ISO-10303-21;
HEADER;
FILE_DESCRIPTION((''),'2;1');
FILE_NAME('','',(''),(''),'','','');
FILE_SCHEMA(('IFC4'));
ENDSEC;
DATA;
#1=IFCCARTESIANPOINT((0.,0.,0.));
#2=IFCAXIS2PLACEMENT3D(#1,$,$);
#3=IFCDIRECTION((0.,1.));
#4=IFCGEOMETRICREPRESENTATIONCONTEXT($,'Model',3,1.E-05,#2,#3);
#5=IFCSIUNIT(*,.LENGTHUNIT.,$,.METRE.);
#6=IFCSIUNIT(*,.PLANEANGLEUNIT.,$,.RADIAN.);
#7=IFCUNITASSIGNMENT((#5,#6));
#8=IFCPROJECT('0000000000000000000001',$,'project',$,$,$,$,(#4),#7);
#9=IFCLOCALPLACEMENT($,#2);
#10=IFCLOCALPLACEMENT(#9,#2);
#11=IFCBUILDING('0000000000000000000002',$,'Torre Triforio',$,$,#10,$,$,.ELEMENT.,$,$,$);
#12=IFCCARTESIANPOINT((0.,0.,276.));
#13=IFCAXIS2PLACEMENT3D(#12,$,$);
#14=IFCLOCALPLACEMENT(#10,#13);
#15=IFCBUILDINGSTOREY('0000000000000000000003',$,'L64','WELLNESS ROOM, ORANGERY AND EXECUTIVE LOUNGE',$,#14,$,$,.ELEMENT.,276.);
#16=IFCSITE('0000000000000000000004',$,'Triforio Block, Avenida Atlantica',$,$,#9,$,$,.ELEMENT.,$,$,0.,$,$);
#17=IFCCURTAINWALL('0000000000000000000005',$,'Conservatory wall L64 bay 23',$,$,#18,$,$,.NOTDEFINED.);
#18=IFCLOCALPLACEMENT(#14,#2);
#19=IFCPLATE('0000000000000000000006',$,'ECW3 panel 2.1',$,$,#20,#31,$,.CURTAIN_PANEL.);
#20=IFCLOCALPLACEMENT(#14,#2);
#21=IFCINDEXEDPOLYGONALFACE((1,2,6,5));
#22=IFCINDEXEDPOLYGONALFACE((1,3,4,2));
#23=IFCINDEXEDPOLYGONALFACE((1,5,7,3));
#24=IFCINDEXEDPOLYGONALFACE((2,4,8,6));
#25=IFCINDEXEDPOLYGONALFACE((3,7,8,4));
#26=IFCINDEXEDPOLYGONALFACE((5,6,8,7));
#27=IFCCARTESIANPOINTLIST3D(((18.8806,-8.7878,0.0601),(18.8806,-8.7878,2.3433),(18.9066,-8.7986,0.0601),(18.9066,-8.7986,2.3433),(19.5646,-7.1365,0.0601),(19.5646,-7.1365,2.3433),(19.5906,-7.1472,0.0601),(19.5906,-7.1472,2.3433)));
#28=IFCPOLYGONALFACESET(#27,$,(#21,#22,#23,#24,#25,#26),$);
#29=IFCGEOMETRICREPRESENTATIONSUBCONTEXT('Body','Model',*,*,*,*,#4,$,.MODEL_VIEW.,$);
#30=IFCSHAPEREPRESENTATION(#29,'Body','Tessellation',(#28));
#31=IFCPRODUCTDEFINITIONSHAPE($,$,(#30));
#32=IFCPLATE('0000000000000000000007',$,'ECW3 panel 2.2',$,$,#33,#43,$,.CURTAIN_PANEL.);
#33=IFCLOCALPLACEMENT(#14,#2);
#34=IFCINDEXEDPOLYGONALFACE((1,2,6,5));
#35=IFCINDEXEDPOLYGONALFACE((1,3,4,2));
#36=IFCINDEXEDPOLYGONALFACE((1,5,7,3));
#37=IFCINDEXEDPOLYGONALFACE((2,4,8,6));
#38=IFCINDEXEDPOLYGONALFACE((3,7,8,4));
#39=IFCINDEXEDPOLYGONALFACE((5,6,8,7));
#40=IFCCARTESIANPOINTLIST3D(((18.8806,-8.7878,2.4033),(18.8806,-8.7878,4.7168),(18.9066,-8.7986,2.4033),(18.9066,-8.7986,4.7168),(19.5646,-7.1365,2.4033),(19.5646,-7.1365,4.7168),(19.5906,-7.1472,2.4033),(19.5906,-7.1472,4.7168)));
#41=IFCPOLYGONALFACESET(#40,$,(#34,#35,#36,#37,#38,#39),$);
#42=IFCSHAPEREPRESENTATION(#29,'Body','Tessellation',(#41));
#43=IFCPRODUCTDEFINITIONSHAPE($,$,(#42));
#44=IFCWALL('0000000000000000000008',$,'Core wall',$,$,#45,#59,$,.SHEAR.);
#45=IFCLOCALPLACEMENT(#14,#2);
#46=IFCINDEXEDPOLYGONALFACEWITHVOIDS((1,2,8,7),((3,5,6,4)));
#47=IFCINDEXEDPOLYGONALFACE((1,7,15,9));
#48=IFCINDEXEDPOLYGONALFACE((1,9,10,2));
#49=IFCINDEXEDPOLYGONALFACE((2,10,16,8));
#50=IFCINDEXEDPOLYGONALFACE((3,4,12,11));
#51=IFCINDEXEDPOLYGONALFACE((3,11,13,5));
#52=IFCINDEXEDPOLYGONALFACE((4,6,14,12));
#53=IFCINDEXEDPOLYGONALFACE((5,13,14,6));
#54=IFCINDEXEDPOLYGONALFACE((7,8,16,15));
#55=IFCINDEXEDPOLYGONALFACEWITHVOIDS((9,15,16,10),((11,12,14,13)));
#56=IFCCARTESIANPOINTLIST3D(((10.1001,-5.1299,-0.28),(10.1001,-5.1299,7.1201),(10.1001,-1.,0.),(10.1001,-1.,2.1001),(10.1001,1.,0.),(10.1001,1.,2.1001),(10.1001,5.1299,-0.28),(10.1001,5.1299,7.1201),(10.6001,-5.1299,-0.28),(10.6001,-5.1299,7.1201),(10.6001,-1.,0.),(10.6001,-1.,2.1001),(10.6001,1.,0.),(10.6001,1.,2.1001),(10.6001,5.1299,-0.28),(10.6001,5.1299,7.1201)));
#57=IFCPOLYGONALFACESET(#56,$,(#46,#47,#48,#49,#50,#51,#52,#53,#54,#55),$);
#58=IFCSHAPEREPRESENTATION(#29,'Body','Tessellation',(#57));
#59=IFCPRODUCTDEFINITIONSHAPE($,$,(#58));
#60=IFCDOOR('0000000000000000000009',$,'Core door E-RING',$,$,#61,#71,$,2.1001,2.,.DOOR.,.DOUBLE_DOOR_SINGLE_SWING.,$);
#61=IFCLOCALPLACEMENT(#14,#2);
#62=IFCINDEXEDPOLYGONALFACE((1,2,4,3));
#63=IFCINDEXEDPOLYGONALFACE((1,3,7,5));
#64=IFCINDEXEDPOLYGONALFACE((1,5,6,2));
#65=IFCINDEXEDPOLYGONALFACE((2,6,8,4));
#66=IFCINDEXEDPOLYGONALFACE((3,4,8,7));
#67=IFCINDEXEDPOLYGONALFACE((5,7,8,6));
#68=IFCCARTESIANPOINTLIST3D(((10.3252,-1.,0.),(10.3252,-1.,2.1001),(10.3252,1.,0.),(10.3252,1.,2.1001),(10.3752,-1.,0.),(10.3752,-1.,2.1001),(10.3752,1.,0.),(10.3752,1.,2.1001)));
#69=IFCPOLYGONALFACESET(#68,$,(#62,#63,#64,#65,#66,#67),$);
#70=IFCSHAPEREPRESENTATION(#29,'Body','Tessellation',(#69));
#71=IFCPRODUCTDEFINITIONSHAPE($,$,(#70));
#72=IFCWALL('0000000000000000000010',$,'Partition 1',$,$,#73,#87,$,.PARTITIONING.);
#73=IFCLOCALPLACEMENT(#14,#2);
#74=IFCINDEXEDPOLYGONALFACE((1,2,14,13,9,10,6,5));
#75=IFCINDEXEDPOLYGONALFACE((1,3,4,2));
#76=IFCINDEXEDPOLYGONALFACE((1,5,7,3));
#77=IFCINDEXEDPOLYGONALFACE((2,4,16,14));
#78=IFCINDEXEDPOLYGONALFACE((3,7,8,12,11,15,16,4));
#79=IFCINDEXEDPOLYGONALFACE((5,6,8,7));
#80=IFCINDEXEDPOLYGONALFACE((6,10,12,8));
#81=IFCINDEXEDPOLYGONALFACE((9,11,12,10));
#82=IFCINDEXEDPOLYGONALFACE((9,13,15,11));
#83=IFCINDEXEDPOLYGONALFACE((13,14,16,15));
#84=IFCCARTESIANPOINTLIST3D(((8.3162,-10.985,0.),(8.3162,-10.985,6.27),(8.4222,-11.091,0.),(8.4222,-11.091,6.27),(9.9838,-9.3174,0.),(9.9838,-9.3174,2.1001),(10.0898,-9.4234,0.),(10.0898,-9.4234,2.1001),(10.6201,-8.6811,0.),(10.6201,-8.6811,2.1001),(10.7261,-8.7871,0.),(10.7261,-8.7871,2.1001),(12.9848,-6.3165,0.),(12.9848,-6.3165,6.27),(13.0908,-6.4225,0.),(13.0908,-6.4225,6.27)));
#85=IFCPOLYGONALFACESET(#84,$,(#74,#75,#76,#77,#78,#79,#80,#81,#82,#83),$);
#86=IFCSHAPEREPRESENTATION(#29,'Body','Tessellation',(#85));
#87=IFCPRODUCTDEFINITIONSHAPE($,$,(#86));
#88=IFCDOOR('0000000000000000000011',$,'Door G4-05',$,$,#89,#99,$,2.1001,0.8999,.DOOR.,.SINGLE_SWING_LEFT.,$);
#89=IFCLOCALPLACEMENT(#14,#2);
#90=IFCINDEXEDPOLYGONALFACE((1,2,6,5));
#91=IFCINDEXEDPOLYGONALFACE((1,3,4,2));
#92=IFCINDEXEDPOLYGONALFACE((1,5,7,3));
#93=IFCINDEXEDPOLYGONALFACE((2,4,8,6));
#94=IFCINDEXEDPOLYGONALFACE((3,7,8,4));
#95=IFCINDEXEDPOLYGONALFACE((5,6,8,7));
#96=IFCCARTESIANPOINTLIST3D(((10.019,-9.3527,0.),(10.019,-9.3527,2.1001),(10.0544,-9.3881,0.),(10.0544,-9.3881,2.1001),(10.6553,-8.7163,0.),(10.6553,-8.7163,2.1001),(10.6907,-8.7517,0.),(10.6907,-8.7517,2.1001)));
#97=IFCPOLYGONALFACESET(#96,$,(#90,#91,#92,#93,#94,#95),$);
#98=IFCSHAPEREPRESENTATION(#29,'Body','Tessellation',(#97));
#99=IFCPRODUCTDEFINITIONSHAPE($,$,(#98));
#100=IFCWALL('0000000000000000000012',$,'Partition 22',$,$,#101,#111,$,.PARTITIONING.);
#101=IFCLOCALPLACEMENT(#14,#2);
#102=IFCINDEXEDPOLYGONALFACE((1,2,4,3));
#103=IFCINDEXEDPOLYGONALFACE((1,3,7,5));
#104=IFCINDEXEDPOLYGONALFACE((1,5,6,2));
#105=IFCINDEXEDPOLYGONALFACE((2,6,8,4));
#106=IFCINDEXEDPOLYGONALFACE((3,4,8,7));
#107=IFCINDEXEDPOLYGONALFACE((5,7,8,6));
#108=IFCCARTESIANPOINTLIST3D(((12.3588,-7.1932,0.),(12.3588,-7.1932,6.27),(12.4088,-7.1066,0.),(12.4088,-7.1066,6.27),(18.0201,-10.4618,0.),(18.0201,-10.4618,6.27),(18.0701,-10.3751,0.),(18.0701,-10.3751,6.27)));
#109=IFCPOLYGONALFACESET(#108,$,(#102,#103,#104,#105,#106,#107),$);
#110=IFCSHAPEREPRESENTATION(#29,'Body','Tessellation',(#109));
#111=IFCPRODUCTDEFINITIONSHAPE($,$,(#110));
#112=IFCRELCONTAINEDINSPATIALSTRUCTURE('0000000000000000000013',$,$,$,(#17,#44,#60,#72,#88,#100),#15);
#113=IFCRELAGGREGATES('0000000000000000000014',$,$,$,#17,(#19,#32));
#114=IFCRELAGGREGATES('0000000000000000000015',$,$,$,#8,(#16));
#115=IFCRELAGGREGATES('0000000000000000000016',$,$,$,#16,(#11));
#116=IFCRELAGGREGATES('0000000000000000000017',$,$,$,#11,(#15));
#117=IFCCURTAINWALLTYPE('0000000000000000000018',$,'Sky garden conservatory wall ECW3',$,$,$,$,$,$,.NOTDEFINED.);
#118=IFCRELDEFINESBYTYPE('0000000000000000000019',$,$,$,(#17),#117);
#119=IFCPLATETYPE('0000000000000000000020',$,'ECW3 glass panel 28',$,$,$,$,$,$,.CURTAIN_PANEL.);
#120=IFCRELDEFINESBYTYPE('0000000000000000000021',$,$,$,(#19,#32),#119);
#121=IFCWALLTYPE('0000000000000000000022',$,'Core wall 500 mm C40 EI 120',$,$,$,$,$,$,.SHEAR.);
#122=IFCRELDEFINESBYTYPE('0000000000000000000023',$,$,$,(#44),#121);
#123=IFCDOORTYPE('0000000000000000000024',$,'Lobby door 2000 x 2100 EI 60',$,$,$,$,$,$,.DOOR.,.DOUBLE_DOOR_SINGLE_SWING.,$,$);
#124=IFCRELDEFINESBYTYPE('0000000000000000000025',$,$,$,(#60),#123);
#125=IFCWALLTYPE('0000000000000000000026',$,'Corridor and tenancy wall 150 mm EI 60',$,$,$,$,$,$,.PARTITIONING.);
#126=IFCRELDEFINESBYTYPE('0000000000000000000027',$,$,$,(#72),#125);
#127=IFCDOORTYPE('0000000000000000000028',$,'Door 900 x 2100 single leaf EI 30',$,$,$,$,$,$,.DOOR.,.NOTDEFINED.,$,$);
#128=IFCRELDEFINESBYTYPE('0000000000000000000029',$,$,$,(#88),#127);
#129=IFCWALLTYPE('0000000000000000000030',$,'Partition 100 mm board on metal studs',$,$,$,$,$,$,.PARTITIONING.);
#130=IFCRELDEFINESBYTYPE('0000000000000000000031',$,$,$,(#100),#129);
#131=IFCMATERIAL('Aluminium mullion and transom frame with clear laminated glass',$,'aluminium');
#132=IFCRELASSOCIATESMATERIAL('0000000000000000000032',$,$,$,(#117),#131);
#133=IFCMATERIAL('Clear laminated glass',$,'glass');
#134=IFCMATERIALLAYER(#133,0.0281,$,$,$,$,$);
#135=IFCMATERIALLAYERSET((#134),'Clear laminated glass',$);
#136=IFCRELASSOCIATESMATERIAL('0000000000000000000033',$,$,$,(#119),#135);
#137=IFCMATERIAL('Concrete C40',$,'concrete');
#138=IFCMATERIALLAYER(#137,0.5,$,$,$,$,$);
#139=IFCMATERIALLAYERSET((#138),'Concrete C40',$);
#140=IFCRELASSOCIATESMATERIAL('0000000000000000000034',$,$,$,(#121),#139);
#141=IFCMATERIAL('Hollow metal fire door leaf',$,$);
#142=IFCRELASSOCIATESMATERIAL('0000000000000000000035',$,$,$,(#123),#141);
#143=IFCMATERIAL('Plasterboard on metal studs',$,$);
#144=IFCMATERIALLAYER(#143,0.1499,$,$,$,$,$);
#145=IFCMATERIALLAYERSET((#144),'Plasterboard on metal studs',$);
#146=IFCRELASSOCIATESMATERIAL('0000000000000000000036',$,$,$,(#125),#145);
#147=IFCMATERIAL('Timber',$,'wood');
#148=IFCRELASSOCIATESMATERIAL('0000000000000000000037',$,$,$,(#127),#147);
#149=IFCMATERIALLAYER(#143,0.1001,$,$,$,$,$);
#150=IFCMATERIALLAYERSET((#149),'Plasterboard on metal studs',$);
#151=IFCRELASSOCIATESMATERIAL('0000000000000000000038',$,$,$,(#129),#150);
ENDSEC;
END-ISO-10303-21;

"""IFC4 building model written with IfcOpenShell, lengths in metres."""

from ifc_helpers import new_model, si_unit, direction, frame, frame_2d, origin, origin_2d, place, context, subcontext, project, spatial, rectangle, extrude, material, layer, layer_set, type_object, element, fill, aggregate, save


model = new_model("IFC4")

# Units and contexts
model_context = context("Model", 3, precision=1e-05, world=origin(), true_north=direction((0.0, 1.0)))
body_context = subcontext(model_context, "Body", "Model", "MODEL_VIEW")
ifc_project = project(units=[si_unit("LENGTHUNIT", "METRE"), si_unit("PLANEANGLEUNIT", "RADIAN")], contexts=[model_context])

# Site, building, storey
site_placement = place(None, origin())
site = spatial("IfcSite", under=ifc_project, at=site_placement, Name="Triforio Block, Avenida Atlantica", CompositionType="ELEMENT", RefElevation=0.0)
building_placement = place(site_placement, origin())
building = spatial("IfcBuilding", under=site, at=building_placement, Name="Torre Triforio", CompositionType="ELEMENT")
storey_placement = place(building_placement, frame((0.0, 0.0, 276.0)))
storey = spatial("IfcBuildingStorey", under=building, at=storey_placement, Name="L64", Description="WELLNESS ROOM, ORANGERY AND EXECUTIVE LOUNGE", CompositionType="ELEMENT", Elevation=276.0)

# Curtain wall
ifc_material_1 = material(Name="Aluminium mullion and transom frame with clear laminated glass", Category="aluminium")
curtain_wall_type = type_object("IfcCurtainWallType", Name="Sky garden conservatory wall ECW3", PredefinedType="NOTDEFINED", material=ifc_material_1)
curtain_wall_placement = place(storey_placement, origin())
curtain_wall = element("IfcCurtainWall", 1, at=curtain_wall_placement, inside=storey, type_object=curtain_wall_type, Name="Conservatory wall L64 bay 23", PredefinedType="NOTDEFINED")

# Shared definitions
ifc_material_2 = material(Name="Concrete C40", Category="concrete")

# Plates
ifc_material_3 = material(Name="Clear laminated glass", Category="glass")
ifc_layer_1 = layer(ifc_material_3, 0.0281)
ifc_layer_set_1 = layer_set([ifc_layer_1], Name="Clear laminated glass")
plate_type = type_object("IfcPlateType", Name="ECW3 glass panel 28", PredefinedType="CURTAIN_PANEL", material=ifc_layer_set_1)
plate_1_placement = place(storey_placement, frame((19.2356, -7.9675, 0.0601), z_axis=(0.0, 0.0, 1.0), x_axis=(0.382675, 0.923883, 0.0)))
plate_1 = element("IfcPlate", 2, at=plate_1_placement, type_object=plate_type, Name="ECW3 panel 2.1", PredefinedType="CURTAIN_PANEL", context=body_context, shape_type="SweptSolid", body=[
    extrude(rectangle(XDim=1.7874, YDim=0.0281, at=origin_2d()), origin(), (0.0, 0.0, 1.0), 2.2832),
])
plate_2_placement = place(storey_placement, frame((19.2356, -7.9675, 2.4033), z_axis=(0.0, 0.0, 1.0), x_axis=(0.382675, 0.923883, 0.0)))
plate_2 = element("IfcPlate", 3, at=plate_2_placement, type_object=plate_type, Name="ECW3 panel 2.2", PredefinedType="CURTAIN_PANEL", context=body_context, shape_type="SweptSolid", body=[
    extrude(rectangle(XDim=1.7874, YDim=0.0281, at=origin_2d()), origin(), (0.0, 0.0, 1.0), 2.3135),
])
aggregate(curtain_wall, [plate_1, plate_2])

# Walls, openings, doors
ifc_layer_2 = layer(ifc_material_2, 0.5)
ifc_layer_set_2 = layer_set([ifc_layer_2], Name="Concrete C40")
wall_type_1 = type_object("IfcWallType", Name="Core wall 500 mm C40 EI 120", PredefinedType="SHEAR", material=ifc_layer_set_2)
wall_1_placement = place(storey_placement, frame((10.3501, -5.1299, -0.28), z_axis=(0.0, 0.0, 1.0), x_axis=(0.0, 1.0, 0.0)))
wall_1 = element("IfcWall", 4, at=wall_1_placement, inside=storey, type_object=wall_type_1, Name="Core wall", PredefinedType="SHEAR", context=body_context, shape_type="SweptSolid", body=[
    extrude(rectangle(XDim=10.2598, YDim=0.5, at=frame_2d((5.1299, 0.0))), origin(), (0.0, 0.0, 1.0), 7.4001),
])
opening_1_placement = place(wall_1_placement, frame((4.1299, 0.0, 0.28)))
opening_1 = element("IfcOpeningElement", 5, at=opening_1_placement, cuts=wall_1, PredefinedType="OPENING", context=body_context, shape_type="SweptSolid", body=[
    extrude(rectangle(XDim=2.0, YDim=2.1001, at=frame_2d((1.0, 1.05))), frame((0.0, 0.26, 0.0), z_axis=(0.0, -1.0, 0.0), x_axis=(1.0, 0.0, 0.0)), (0.0, 0.0, 1.0), 0.52),
])
ifc_material_4 = material(Name="Hollow metal fire door leaf")
door_type_1 = type_object("IfcDoorType", Name="Lobby door 2000 x 2100 EI 60", OperationType="DOUBLE_DOOR_SINGLE_SWING", PredefinedType="DOOR", material=ifc_material_4)
door_1_placement = place(opening_1_placement, origin())
door_1 = element("IfcDoor", 6, at=door_1_placement, inside=storey, type_object=door_type_1, Name="Core door E-RING", OperationType="DOUBLE_DOOR_SINGLE_SWING", OverallHeight=2.1001, OverallWidth=2.0, PredefinedType="DOOR", context=body_context, shape_type="SweptSolid", body=[
    extrude(rectangle(XDim=2.0, YDim=2.1001, at=frame_2d((1.0, 1.05))), frame((0.0, 0.0249, 0.0), z_axis=(0.0, -1.0, 0.0), x_axis=(1.0, 0.0, 0.0)), (0.0, 0.0, 1.0), 0.05),
])
fill(opening_1, door_1)
ifc_material_5 = material(Name="Plasterboard on metal studs")
ifc_layer_3 = layer(ifc_material_5, 0.1499)
ifc_layer_set_3 = layer_set([ifc_layer_3], Name="Plasterboard on metal studs")
wall_type_2 = type_object("IfcWallType", Name="Corridor and tenancy wall 150 mm EI 60", PredefinedType="PARTITIONING", material=ifc_layer_set_3)
wall_2_placement = place(storey_placement, frame((13.0378, -6.3694, 0.0), z_axis=(0.0, 0.0, 1.0), x_axis=(-0.707107, -0.707107, 0.0)))
wall_2 = element("IfcWall", 7, at=wall_2_placement, inside=storey, type_object=wall_type_2, Name="Partition 1", PredefinedType="PARTITIONING", context=body_context, shape_type="SweptSolid", body=[
    extrude(rectangle(XDim=6.6023, YDim=0.1499, at=frame_2d((3.3013, 0.0))), origin(), (0.0, 0.0, 1.0), 6.27),
])
opening_2_placement = place(wall_2_placement, frame((3.3442, 0.0, 0.0)))
opening_2 = element("IfcOpeningElement", 8, at=opening_2_placement, cuts=wall_2, PredefinedType="OPENING", context=body_context, shape_type="SweptSolid", body=[
    extrude(rectangle(XDim=0.8999, YDim=2.1001, at=frame_2d((0.45, 1.05))), frame((0.0, 0.085, 0.0), z_axis=(0.0, -1.0, 0.0), x_axis=(1.0, 0.0, 0.0)), (0.0, 0.0, 1.0), 0.1699),
])
ifc_material_6 = material(Name="Timber", Category="wood")
door_type_2 = type_object("IfcDoorType", Name="Door 900 x 2100 single leaf EI 30", OperationType="NOTDEFINED", PredefinedType="DOOR", material=ifc_material_6)
door_2_placement = place(opening_2_placement, origin())
door_2 = element("IfcDoor", 9, at=door_2_placement, inside=storey, type_object=door_type_2, Name="Door G4-05", OperationType="SINGLE_SWING_LEFT", OverallHeight=2.1001, OverallWidth=0.8999, PredefinedType="DOOR", context=body_context, shape_type="SweptSolid", body=[
    extrude(rectangle(XDim=0.8999, YDim=2.1001, at=frame_2d((0.45, 1.05))), frame((0.0, 0.0249, 0.0), z_axis=(0.0, -1.0, 0.0), x_axis=(1.0, 0.0, 0.0)), (0.0, 0.0, 1.0), 0.05),
])
fill(opening_2, door_2)

# Wall
ifc_layer_4 = layer(ifc_material_5, 0.1001)
ifc_layer_set_4 = layer_set([ifc_layer_4], Name="Plasterboard on metal studs")
wall_type_3 = type_object("IfcWallType", Name="Partition 100 mm board on metal studs", PredefinedType="PARTITIONING", material=ifc_layer_set_4)
wall_3_placement = place(storey_placement, frame((12.3838, -7.1499, 0.0), z_axis=(0.0, 0.0, 1.0), x_axis=(0.866028, -0.499995, 0.0)))
element("IfcWall", 10, at=wall_3_placement, inside=storey, type_object=wall_type_3, Name="Partition 22", PredefinedType="PARTITIONING", context=body_context, shape_type="SweptSolid", body=[
    extrude(rectangle(XDim=6.5371, YDim=0.1001, at=frame_2d((3.2686, 0.0))), origin(), (0.0, 0.0, 1.0), 6.27),
])

save(model, "model.ifc")
